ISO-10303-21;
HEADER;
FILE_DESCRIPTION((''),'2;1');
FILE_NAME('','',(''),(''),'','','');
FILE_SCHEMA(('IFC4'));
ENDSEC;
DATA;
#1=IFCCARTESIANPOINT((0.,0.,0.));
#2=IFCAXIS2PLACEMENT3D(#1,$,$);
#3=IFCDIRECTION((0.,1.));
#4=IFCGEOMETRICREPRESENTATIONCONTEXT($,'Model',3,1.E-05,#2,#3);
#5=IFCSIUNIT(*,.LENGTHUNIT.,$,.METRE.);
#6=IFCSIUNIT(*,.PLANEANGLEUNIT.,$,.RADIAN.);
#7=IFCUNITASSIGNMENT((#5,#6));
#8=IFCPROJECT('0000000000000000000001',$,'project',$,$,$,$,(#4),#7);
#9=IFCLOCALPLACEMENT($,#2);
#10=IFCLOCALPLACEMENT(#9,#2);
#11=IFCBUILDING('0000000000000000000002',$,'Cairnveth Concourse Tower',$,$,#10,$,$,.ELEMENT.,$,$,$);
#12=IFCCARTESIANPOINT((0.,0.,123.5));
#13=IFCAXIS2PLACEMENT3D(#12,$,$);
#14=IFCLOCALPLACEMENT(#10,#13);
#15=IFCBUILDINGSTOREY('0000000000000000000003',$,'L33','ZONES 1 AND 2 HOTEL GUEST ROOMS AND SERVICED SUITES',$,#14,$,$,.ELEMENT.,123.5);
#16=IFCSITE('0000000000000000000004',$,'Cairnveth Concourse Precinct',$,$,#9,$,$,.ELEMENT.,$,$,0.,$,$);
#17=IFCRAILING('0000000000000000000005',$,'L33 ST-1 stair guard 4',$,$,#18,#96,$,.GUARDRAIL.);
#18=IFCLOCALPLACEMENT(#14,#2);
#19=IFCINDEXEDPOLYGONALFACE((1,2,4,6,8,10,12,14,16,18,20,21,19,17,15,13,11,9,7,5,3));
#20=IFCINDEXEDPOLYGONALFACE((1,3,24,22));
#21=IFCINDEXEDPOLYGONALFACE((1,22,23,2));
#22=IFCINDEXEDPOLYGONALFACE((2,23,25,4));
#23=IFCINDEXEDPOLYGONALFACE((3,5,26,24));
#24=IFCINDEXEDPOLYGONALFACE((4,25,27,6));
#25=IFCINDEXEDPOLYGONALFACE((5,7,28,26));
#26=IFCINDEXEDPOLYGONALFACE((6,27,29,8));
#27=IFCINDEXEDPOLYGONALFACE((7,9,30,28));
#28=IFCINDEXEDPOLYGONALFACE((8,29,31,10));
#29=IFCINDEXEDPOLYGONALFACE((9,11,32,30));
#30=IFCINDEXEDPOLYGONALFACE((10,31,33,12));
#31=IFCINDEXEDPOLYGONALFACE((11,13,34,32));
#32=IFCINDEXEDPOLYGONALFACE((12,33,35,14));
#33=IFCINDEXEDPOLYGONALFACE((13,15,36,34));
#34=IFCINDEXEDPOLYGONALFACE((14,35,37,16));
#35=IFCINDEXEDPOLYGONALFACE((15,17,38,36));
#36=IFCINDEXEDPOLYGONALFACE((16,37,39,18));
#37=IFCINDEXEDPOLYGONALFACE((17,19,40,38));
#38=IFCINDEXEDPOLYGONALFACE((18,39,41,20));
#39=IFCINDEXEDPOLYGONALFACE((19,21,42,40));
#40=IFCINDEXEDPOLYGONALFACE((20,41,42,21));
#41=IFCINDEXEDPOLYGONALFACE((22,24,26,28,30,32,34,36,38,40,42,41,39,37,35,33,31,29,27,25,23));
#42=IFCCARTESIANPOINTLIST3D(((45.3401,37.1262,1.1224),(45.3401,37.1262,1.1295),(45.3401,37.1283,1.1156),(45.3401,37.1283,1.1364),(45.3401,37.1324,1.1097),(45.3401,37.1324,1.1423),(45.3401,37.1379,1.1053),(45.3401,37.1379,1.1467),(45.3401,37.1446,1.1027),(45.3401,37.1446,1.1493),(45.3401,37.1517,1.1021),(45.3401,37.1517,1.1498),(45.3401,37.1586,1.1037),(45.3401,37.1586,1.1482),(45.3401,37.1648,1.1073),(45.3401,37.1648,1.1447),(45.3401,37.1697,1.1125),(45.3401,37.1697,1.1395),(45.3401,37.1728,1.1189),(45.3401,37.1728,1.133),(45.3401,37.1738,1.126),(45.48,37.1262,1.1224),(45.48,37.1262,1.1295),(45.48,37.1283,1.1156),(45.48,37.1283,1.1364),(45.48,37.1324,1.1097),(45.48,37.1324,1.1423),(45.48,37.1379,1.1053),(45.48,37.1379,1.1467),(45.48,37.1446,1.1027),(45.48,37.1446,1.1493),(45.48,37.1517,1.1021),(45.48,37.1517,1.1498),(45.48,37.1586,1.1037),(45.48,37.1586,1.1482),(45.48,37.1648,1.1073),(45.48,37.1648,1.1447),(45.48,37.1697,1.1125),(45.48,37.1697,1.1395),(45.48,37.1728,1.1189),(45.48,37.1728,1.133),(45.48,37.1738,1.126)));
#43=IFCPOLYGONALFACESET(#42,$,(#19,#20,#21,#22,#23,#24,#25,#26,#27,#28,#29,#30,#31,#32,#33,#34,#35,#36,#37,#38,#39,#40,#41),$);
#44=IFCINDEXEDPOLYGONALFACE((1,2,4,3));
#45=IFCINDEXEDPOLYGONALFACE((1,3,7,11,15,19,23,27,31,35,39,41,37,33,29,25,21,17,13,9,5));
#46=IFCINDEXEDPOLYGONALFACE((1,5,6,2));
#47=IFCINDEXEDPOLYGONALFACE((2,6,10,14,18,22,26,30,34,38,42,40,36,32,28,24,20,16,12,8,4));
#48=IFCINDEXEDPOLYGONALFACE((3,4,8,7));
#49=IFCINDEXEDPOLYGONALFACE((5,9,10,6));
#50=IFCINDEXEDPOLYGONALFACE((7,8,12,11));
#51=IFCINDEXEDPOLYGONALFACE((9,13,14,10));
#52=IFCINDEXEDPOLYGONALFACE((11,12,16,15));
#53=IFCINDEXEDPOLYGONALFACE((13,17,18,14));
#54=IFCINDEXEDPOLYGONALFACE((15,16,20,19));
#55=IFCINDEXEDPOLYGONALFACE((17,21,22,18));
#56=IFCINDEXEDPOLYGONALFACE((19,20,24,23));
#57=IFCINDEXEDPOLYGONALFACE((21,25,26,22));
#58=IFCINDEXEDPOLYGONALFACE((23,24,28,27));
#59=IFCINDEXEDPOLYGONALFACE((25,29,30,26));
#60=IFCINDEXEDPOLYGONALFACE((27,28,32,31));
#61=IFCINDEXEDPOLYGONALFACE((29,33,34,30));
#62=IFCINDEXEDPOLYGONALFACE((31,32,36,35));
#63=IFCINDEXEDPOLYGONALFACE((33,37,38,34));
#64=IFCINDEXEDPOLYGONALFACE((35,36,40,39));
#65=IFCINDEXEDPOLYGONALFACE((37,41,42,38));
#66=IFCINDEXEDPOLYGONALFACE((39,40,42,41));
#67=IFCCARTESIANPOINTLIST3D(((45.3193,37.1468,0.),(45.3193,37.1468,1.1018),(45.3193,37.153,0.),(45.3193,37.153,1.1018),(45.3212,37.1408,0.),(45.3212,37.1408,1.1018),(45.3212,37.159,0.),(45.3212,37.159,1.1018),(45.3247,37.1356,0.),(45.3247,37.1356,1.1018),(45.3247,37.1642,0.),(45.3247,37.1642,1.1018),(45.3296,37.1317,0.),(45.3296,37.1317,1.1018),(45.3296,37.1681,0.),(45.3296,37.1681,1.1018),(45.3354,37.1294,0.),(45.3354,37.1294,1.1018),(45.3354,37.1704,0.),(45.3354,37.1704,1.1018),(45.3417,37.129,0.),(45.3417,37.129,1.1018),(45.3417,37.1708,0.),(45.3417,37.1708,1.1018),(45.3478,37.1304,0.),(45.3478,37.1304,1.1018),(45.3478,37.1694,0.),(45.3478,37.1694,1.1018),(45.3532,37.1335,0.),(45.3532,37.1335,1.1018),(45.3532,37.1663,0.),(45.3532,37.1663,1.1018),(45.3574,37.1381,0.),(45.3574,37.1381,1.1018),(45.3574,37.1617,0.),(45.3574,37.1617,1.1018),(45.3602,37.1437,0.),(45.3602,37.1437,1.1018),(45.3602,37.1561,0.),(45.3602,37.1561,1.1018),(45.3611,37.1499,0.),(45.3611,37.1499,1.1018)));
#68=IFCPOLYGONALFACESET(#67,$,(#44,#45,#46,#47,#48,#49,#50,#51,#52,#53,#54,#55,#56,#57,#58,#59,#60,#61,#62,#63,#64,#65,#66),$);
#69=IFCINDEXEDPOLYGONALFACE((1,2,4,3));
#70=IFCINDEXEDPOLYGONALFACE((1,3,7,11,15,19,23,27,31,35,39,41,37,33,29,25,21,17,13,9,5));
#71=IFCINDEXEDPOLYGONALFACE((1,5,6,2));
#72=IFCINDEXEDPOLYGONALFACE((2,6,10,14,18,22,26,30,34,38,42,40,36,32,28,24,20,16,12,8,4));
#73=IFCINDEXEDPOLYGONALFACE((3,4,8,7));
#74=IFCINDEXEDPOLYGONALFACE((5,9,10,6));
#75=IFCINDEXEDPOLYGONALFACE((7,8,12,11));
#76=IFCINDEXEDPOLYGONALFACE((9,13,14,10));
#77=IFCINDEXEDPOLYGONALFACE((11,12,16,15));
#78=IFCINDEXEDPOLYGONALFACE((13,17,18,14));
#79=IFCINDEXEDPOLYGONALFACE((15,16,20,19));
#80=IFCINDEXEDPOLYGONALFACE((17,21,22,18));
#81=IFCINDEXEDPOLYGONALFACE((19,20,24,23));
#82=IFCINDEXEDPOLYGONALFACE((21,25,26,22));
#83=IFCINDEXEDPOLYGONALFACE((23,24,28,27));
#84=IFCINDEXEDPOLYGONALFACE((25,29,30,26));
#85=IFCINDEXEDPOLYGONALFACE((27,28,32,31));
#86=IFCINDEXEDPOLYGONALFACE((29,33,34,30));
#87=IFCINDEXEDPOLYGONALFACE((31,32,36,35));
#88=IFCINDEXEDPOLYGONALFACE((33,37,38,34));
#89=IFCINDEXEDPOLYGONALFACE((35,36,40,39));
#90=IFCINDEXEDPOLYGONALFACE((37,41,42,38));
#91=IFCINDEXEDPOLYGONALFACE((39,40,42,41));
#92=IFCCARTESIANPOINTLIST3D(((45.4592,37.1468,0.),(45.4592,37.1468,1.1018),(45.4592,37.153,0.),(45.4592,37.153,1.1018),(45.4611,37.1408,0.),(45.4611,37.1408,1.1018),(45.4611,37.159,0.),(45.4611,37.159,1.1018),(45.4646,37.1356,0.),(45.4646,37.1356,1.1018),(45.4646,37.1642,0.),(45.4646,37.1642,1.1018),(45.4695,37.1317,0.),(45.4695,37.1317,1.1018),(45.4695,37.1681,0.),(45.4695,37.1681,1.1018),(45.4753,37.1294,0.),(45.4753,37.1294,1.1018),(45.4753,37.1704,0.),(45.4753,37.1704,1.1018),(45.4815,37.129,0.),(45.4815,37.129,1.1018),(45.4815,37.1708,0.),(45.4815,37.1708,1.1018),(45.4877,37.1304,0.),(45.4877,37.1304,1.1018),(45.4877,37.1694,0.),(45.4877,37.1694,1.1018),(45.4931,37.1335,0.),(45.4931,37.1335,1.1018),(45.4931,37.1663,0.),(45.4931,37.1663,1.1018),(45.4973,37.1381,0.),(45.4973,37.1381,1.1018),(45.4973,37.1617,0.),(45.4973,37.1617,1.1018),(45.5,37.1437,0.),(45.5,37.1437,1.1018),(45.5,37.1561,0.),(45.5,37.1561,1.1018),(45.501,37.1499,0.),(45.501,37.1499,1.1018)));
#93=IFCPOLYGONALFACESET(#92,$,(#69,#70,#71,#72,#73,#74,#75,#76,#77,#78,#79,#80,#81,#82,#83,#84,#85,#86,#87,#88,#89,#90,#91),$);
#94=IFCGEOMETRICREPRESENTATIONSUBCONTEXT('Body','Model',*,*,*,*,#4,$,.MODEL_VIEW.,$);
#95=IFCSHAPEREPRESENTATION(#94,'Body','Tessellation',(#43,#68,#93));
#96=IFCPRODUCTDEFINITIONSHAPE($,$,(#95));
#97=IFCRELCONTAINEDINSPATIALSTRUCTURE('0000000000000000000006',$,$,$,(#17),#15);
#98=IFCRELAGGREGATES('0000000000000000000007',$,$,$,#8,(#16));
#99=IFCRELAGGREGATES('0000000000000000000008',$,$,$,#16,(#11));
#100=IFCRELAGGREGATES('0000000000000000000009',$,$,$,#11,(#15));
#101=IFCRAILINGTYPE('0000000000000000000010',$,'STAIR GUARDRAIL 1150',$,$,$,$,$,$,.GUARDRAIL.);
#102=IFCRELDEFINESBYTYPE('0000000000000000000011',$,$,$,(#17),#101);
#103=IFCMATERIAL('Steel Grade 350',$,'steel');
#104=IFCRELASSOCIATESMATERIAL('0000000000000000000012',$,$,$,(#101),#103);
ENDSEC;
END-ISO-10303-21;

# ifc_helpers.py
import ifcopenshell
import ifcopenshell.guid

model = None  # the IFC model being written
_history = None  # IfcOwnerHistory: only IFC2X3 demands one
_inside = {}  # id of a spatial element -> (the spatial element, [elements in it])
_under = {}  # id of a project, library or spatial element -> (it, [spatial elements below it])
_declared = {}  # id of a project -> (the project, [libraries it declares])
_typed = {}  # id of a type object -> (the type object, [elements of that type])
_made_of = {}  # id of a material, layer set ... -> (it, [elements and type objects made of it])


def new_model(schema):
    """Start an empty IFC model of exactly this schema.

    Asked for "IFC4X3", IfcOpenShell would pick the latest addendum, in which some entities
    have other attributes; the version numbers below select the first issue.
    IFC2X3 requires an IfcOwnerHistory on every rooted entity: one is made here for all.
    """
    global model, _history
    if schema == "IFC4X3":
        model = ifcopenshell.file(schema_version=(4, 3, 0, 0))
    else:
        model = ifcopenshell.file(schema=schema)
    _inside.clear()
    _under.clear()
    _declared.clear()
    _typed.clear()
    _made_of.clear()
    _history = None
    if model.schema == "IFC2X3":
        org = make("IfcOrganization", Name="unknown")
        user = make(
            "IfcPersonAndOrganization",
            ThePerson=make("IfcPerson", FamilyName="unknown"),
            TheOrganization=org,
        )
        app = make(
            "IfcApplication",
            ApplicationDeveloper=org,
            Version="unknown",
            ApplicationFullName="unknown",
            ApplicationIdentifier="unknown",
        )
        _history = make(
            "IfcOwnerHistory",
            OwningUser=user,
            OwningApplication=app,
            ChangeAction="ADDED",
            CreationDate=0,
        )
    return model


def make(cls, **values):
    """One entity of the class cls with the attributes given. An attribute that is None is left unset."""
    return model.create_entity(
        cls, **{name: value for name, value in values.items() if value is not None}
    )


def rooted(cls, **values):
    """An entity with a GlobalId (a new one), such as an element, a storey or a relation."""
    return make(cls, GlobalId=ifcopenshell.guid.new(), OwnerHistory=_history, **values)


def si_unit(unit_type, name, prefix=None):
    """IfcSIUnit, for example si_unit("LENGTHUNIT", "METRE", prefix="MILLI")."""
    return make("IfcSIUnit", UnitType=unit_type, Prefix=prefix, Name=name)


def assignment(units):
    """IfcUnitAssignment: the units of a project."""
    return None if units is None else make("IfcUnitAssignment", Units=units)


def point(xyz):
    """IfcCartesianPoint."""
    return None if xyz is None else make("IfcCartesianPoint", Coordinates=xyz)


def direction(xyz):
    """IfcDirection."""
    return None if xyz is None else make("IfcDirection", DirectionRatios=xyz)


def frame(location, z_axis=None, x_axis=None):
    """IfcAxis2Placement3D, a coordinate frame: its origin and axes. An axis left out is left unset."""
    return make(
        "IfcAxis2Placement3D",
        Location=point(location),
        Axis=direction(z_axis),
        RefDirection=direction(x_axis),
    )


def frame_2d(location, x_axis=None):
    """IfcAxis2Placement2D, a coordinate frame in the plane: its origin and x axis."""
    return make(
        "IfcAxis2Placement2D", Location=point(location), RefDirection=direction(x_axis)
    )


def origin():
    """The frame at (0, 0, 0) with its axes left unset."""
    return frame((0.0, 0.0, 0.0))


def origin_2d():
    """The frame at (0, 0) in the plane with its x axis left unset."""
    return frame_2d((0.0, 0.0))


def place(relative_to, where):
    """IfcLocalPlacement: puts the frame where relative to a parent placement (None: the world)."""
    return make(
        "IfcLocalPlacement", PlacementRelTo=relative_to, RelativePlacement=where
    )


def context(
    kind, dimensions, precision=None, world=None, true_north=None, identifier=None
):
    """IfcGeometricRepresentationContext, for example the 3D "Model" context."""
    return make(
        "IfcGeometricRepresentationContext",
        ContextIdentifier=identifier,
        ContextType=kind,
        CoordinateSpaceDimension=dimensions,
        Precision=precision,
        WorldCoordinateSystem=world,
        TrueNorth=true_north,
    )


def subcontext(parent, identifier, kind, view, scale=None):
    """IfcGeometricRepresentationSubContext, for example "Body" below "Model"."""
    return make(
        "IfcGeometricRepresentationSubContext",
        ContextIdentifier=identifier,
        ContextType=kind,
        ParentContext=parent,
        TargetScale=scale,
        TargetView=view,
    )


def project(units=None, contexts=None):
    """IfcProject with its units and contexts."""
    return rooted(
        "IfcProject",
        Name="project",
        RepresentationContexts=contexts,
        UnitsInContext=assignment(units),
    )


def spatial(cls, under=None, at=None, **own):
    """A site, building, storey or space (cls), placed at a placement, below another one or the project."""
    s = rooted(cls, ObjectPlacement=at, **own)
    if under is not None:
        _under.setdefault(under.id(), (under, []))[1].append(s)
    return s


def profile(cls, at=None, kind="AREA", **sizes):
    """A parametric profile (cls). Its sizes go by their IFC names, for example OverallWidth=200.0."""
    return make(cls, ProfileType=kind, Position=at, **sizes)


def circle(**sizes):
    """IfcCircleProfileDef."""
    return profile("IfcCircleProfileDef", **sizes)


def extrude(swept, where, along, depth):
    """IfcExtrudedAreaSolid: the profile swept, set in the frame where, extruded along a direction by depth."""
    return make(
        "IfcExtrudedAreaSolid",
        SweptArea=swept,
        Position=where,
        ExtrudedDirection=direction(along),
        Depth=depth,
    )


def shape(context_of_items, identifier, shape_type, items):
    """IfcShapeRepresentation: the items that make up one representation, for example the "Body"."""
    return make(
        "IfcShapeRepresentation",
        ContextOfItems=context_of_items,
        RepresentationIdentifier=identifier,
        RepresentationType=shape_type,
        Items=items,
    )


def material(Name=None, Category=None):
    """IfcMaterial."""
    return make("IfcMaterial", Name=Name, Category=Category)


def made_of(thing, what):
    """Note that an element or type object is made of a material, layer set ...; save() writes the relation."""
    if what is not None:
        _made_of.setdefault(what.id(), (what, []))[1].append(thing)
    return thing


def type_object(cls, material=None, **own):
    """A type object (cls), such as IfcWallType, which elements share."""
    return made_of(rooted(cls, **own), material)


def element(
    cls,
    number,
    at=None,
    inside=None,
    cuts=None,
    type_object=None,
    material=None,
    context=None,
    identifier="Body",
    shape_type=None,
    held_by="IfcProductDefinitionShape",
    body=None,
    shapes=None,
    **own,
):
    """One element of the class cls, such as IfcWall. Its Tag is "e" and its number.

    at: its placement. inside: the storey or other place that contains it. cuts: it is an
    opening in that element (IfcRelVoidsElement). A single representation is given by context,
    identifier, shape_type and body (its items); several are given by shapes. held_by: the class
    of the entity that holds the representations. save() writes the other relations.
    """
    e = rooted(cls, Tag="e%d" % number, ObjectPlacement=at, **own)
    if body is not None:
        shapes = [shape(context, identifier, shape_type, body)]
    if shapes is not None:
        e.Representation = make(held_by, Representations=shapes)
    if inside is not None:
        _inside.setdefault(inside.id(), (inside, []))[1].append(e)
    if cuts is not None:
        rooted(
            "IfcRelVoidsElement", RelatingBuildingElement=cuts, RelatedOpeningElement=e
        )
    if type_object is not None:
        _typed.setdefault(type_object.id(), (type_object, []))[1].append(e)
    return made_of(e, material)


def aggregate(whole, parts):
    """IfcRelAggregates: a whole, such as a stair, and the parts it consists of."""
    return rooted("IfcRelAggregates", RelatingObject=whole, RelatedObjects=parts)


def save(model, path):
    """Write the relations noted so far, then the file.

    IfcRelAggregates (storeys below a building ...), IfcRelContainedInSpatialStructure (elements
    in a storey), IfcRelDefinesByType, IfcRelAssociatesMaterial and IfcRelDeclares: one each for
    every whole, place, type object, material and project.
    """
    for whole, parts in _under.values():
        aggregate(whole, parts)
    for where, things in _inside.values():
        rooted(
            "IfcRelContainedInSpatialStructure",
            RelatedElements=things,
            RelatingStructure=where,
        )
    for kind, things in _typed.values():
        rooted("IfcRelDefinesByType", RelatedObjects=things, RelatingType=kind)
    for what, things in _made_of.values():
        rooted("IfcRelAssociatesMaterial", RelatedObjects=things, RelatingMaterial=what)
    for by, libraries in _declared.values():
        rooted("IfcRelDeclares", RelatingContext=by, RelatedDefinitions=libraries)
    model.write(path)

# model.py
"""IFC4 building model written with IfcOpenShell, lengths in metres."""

from ifc_helpers import new_model, si_unit, direction, frame, origin, origin_2d, place, context, subcontext, project, spatial, circle, extrude, material, type_object, element, save


model = new_model("IFC4")

# Units and contexts
model_context = context("Model", 3, precision=1e-05, world=origin(), true_north=direction((0.0, 1.0)))
body_context = subcontext(model_context, "Body", "Model", "MODEL_VIEW")
ifc_project = project(units=[si_unit("LENGTHUNIT", "METRE"), si_unit("PLANEANGLEUNIT", "RADIAN")], contexts=[model_context])

# Site, building, storey
site_placement = place(None, origin())
site = spatial("IfcSite", under=ifc_project, at=site_placement, Name="Cairnveth Concourse Precinct", CompositionType="ELEMENT", RefElevation=0.0)
building_placement = place(site_placement, origin())
building = spatial("IfcBuilding", under=site, at=building_placement, Name="Cairnveth Concourse Tower", CompositionType="ELEMENT")
storey_placement = place(building_placement, frame((0.0, 0.0, 123.5)))
storey = spatial("IfcBuildingStorey", under=building, at=storey_placement, Name="L33", Description="ZONES 1 AND 2 HOTEL GUEST ROOMS AND SERVICED SUITES", CompositionType="ELEMENT", Elevation=123.5)

# Shared definitions
ifc_material_1 = material(Name="Steel Grade 350", Category="steel")

# Railing
railing_type_1 = type_object("IfcRailingType", Name="STAIR GUARDRAIL 1150", PredefinedType="GUARDRAIL", material=ifc_material_1)
railing_1_placement = place(storey_placement, frame((45.3401, 37.1499, 0.0)))
element("IfcRailing", 1, at=railing_1_placement, inside=storey, type_object=railing_type_1, Name="L33 ST-1 stair guard 4", PredefinedType="GUARDRAIL", context=body_context, shape_type="SweptSolid", body=[
    extrude(circle(Radius=0.0239, at=origin_2d()), frame((0.0, 0.0, 1.126), z_axis=(1.0, 0.0, 0.0), x_axis=(0.0, 1.0, 0.0)), (0.0, 0.0, 1.0), 0.1399),
    extrude(circle(Radius=0.021, at=origin_2d()), origin(), (0.0, 0.0, 1.0), 1.1018),
    extrude(circle(Radius=0.021, at=origin_2d()), frame((0.1399, 0.0, 0.0)), (0.0, 0.0, 1.0), 1.1018),
])

save(model, "model.ifc")
